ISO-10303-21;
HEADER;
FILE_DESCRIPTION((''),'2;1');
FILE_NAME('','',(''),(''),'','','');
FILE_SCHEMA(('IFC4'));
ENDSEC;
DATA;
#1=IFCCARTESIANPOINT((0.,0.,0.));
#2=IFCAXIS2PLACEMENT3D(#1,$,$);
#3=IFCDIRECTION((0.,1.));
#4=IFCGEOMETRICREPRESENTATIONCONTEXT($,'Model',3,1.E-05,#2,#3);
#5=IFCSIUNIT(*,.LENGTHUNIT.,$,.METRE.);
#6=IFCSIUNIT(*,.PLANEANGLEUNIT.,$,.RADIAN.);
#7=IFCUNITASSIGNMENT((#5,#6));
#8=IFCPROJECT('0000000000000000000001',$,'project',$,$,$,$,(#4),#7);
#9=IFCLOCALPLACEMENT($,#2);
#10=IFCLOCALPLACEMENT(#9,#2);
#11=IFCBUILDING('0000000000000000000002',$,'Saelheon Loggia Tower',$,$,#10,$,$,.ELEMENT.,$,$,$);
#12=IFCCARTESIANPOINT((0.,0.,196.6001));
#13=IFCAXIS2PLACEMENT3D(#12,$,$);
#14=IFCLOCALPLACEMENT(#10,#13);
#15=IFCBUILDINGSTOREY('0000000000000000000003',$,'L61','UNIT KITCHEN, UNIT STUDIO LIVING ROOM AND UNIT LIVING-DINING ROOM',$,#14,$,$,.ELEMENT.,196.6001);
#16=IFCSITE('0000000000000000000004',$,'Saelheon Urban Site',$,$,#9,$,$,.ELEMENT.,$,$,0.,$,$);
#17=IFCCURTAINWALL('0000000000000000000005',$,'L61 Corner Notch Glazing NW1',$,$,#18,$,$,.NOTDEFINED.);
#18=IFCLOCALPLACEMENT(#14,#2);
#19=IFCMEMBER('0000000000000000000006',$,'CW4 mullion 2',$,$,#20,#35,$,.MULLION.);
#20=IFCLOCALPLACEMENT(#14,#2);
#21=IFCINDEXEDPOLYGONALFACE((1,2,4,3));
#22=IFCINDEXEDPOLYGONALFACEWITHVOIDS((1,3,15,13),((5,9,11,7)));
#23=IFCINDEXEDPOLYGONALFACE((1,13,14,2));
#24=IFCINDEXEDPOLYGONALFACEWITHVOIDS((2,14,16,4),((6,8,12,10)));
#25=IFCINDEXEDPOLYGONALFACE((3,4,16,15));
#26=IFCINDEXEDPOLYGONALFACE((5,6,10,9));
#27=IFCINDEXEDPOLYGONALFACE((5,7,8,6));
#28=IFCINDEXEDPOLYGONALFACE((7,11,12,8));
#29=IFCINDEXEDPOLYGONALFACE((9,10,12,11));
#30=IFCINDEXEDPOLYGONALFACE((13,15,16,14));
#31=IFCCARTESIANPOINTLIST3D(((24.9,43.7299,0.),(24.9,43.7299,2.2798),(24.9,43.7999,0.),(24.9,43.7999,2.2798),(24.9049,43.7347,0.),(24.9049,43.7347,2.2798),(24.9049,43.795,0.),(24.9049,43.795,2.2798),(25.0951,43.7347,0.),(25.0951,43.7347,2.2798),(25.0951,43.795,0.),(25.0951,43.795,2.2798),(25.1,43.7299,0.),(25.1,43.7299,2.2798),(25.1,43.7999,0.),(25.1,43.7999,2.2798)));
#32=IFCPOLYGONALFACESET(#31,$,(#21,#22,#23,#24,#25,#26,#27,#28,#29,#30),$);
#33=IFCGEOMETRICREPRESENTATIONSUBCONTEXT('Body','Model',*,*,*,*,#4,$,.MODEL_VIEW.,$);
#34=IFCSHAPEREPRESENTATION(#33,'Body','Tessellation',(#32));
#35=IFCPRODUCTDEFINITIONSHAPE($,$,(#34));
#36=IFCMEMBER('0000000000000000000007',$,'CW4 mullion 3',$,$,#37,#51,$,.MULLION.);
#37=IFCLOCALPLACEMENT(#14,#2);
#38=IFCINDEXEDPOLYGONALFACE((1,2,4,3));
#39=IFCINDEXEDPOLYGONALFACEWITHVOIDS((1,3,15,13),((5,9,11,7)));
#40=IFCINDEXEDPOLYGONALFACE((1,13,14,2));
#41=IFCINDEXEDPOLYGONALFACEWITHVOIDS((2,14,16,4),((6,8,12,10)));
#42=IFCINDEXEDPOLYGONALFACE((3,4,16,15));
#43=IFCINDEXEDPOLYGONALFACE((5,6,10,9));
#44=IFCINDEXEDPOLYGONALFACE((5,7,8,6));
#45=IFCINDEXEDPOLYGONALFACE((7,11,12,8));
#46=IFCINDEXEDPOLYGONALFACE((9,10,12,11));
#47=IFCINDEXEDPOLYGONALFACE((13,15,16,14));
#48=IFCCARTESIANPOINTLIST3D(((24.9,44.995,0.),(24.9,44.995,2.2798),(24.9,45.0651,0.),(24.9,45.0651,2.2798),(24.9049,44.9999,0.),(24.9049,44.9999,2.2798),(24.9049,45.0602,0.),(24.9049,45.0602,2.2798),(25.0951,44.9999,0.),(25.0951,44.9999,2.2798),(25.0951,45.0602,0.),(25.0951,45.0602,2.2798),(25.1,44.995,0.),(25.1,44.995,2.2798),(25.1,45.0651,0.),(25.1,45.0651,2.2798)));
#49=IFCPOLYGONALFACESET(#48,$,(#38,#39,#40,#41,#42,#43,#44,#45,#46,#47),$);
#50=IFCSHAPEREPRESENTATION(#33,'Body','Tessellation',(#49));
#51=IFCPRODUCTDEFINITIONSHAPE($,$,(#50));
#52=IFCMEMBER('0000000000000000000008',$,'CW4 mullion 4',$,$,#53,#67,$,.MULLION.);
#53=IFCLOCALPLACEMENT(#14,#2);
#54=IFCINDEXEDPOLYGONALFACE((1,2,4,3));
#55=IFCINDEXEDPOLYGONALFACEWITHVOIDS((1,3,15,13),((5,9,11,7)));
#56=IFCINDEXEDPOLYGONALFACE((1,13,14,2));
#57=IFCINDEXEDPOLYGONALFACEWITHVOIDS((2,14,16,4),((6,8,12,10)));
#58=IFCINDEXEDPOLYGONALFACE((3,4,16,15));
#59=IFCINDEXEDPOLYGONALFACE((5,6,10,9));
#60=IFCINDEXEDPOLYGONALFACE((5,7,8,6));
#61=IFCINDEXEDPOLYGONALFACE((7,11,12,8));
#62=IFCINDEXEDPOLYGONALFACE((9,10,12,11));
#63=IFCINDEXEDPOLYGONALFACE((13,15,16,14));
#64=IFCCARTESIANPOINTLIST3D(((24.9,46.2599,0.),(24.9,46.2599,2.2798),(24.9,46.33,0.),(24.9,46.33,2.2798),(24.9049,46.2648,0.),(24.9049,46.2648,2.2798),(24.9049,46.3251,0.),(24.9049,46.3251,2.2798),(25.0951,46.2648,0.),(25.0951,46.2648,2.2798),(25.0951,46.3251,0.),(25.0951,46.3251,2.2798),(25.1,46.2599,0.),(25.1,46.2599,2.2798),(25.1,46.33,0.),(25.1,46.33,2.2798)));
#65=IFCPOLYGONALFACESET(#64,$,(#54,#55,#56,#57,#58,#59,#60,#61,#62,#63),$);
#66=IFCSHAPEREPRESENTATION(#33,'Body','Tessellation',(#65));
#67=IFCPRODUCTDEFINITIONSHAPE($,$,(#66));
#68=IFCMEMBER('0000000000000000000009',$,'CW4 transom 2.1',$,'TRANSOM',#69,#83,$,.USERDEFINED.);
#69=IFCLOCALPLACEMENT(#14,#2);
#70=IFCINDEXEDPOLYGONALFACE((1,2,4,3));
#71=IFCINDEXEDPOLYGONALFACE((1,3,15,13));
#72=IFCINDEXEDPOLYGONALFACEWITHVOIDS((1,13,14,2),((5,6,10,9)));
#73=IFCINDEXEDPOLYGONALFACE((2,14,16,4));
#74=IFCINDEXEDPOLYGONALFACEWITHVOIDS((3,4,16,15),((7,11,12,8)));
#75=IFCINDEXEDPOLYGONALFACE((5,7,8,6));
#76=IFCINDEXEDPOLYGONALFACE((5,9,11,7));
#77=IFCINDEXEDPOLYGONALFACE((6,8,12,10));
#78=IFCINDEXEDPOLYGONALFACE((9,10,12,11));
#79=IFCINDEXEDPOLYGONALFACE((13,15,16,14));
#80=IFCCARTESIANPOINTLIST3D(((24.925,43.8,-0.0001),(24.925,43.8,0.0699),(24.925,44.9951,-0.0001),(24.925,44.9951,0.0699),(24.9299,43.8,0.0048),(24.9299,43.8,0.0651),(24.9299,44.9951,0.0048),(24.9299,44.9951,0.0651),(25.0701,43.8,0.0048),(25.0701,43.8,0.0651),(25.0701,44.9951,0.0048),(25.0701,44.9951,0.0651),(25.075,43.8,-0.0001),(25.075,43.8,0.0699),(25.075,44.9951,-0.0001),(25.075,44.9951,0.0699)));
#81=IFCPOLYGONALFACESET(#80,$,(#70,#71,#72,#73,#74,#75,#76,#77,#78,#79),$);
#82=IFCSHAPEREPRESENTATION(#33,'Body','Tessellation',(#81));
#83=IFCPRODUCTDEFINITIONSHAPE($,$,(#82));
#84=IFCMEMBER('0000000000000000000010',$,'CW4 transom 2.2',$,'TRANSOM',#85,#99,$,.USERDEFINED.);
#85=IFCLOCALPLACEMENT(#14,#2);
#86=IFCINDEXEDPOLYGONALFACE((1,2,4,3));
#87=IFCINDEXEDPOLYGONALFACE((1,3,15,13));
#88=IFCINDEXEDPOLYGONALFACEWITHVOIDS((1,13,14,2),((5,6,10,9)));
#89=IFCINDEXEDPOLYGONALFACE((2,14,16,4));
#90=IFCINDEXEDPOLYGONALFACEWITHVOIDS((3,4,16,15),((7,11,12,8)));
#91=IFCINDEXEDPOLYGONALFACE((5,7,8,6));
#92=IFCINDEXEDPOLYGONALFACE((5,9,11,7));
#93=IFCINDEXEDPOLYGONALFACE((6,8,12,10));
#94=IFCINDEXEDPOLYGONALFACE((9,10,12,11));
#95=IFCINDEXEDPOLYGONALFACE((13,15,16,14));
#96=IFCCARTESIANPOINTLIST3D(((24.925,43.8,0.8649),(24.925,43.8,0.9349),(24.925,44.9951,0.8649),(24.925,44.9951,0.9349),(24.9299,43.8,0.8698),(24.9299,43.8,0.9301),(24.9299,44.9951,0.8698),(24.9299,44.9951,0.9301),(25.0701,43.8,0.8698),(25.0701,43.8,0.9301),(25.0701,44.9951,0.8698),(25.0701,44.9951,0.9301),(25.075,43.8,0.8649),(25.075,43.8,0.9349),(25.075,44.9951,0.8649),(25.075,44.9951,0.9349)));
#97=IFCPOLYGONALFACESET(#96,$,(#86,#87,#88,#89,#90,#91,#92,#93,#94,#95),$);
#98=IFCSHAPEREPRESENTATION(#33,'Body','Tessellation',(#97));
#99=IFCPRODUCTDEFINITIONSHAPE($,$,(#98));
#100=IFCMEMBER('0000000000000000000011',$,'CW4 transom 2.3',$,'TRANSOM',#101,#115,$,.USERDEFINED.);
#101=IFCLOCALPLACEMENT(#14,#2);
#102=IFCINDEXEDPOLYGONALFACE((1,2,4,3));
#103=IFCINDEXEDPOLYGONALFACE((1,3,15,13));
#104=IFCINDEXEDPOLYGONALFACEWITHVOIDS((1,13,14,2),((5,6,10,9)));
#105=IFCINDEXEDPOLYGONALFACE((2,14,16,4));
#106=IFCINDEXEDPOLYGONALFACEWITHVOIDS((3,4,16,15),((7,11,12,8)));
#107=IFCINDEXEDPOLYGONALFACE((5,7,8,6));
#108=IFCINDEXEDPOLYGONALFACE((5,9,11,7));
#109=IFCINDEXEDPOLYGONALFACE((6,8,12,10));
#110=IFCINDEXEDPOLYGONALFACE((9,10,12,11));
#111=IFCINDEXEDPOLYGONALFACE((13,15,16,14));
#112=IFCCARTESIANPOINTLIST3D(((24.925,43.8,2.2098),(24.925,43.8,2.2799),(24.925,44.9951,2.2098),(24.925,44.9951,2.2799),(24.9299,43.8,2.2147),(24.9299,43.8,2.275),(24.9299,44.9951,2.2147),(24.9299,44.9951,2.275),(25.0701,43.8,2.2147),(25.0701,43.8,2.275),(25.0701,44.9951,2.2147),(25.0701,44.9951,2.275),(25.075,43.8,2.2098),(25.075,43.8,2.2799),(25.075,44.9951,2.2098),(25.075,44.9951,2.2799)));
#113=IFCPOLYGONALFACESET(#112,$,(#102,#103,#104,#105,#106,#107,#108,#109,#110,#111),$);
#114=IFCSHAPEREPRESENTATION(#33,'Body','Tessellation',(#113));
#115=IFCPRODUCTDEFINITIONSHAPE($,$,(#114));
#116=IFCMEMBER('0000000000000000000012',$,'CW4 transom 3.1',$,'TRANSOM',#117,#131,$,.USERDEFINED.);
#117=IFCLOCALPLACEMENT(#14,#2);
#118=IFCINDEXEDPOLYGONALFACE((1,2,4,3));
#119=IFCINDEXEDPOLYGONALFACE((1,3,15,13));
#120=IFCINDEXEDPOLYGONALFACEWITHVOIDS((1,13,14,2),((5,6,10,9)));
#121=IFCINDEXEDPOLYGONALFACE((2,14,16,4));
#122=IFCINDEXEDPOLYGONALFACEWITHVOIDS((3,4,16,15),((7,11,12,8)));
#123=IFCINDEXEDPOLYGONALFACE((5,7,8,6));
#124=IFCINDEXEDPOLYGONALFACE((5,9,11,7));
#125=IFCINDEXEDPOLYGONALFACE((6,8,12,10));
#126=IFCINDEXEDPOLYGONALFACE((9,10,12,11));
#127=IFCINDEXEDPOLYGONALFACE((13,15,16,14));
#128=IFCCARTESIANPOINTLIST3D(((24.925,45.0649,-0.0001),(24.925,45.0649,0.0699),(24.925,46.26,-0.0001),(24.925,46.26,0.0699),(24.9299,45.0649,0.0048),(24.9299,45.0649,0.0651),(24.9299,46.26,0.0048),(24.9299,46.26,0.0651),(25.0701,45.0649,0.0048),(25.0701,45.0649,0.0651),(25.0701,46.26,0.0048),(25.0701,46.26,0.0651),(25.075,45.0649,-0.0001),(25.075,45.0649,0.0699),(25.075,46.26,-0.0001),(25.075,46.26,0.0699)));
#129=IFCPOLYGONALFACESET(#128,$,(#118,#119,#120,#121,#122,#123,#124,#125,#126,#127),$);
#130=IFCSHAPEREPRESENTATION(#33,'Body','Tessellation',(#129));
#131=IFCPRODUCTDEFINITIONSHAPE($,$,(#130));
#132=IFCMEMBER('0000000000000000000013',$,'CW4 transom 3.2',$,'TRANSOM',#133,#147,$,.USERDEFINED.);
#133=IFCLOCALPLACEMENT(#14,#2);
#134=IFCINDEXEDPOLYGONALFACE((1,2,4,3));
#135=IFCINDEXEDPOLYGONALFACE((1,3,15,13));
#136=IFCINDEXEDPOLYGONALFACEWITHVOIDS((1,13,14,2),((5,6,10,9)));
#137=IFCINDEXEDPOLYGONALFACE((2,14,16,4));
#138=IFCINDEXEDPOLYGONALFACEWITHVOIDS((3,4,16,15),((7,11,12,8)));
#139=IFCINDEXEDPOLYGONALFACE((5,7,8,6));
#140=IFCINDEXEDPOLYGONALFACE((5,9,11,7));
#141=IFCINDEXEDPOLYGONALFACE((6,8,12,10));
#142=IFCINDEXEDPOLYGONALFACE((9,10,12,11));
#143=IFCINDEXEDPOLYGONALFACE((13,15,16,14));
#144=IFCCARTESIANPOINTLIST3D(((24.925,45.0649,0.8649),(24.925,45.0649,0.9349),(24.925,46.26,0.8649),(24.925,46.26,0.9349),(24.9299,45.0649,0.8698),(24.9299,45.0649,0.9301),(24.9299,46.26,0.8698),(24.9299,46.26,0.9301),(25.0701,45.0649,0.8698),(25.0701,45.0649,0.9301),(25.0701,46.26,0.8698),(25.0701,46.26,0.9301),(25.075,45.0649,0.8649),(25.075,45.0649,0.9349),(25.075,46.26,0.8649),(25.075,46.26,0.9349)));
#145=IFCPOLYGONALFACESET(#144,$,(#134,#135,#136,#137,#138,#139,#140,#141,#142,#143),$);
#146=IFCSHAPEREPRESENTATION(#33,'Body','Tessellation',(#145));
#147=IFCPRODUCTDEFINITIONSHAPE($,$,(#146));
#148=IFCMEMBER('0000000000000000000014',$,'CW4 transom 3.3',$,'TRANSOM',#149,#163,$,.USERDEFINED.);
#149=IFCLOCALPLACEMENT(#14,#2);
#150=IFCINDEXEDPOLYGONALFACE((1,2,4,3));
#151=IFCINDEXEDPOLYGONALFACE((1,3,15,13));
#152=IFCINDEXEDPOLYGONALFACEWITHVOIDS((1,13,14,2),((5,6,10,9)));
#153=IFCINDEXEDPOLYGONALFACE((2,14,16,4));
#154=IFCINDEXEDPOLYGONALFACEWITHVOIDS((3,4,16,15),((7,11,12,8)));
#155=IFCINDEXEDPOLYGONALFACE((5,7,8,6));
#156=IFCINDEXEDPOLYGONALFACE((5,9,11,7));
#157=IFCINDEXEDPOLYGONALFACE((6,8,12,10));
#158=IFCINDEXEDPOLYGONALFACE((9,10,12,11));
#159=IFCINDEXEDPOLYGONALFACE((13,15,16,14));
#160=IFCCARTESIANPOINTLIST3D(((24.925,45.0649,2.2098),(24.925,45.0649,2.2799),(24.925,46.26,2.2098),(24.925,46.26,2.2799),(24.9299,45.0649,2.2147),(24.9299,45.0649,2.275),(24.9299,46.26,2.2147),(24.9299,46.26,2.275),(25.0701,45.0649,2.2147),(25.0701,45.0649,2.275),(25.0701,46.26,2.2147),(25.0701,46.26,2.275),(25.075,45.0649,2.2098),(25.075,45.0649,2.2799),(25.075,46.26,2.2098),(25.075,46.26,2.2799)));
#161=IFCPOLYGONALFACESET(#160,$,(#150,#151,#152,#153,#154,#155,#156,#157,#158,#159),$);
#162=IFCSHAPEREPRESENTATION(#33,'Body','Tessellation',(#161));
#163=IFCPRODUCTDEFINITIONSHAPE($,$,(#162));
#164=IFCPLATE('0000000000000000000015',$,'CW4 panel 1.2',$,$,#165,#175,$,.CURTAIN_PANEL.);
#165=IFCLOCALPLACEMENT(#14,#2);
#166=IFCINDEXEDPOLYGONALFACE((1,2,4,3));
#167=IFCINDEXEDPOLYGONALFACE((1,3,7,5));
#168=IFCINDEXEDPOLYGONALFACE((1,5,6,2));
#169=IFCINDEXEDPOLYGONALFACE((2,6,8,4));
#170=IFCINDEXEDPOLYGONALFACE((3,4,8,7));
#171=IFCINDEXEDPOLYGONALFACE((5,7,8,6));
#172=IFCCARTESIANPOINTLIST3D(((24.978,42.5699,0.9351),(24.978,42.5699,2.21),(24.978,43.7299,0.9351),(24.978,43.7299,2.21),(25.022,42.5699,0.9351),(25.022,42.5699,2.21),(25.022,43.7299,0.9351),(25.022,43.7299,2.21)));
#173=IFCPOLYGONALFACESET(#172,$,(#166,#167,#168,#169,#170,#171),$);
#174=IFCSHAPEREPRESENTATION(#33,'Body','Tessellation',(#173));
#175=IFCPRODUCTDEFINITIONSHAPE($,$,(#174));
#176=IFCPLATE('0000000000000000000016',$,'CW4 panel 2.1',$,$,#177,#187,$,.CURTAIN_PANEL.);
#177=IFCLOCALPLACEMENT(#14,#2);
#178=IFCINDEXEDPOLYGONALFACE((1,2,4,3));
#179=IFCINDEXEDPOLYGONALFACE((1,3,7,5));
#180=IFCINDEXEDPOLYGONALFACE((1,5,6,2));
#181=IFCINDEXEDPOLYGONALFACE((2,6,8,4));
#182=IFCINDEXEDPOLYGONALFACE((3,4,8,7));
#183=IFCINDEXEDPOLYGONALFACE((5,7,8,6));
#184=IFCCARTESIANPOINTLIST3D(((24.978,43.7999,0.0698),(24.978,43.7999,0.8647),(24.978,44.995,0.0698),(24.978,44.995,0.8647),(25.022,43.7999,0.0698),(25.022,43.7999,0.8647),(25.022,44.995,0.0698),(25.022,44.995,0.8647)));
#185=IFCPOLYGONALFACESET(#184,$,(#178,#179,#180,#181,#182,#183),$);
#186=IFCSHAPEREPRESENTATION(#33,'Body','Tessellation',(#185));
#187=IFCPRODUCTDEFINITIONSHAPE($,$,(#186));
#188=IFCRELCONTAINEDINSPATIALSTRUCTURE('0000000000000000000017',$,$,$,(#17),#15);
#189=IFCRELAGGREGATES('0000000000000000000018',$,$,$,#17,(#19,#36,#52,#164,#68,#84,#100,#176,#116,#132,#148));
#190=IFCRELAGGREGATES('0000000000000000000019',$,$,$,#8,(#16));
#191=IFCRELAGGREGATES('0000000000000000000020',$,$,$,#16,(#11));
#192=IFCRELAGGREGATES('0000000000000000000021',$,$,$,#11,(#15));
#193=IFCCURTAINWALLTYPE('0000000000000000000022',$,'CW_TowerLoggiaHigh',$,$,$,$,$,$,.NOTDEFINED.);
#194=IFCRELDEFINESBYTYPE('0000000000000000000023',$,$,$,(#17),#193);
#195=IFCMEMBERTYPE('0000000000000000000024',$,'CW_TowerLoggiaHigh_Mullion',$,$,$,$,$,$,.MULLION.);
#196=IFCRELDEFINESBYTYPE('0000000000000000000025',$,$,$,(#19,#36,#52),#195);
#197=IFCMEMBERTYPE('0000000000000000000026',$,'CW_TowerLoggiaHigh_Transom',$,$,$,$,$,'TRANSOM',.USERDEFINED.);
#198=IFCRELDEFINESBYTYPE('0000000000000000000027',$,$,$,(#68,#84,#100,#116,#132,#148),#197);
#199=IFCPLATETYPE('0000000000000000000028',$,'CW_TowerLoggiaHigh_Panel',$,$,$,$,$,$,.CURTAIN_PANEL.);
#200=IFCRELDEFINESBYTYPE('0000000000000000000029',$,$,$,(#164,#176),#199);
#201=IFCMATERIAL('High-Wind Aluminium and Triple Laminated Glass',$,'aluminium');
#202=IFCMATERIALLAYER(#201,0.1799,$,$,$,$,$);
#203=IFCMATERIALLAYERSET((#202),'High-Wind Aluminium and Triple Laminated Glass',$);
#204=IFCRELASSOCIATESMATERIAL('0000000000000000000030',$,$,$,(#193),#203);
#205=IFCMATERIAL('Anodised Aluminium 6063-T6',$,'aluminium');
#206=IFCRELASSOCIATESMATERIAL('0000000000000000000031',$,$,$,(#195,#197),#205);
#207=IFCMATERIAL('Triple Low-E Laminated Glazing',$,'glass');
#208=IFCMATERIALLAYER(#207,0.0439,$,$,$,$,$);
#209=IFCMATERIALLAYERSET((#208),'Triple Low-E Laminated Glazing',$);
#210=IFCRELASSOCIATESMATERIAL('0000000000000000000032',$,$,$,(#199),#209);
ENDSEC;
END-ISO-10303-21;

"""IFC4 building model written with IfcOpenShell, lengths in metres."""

from ifc_helpers import new_model, si_unit, direction, frame, origin, origin_2d, place, context, subcontext, project, spatial, rectangle, hollow_rectangle, extrude, source, transform, mapped, material, layer, layer_set, material_profile, profile_set, type_object, element, aggregate, save


model = new_model("IFC4")

# Units and contexts
model_context = context("Model", 3, precision=1e-05, world=origin(), true_north=direction((0.0, 1.0)))
body_context = subcontext(model_context, "Body", "Model", "MODEL_VIEW")
ifc_project = project(units=[si_unit("LENGTHUNIT", "METRE"), si_unit("PLANEANGLEUNIT", "RADIAN")], contexts=[model_context])

# Site, building, storey
site_placement = place(None, origin())
site = spatial("IfcSite", under=ifc_project, at=site_placement, Name="Saelheon Urban Site", CompositionType="ELEMENT", RefElevation=0.0)
building_placement = place(site_placement, origin())
building = spatial("IfcBuilding", under=site, at=building_placement, Name="Saelheon Loggia Tower", CompositionType="ELEMENT")
storey_placement = place(building_placement, frame((0.0, 0.0, 196.6001)))
storey = spatial("IfcBuildingStorey", under=building, at=storey_placement, Name="L61", Description="UNIT KITCHEN, UNIT STUDIO LIVING ROOM AND UNIT LIVING-DINING ROOM", CompositionType="ELEMENT", Elevation=196.6001)

# Curtain wall, members, plates
ifc_material_1 = material(Name="High-Wind Aluminium and Triple Laminated Glass", Category="aluminium")
ifc_layer_1 = layer(ifc_material_1, 0.1799)
ifc_layer_set_1 = layer_set([ifc_layer_1], Name="High-Wind Aluminium and Triple Laminated Glass")
curtain_wall_type = type_object("IfcCurtainWallType", Name="CW_TowerLoggiaHigh", PredefinedType="NOTDEFINED", material=ifc_layer_set_1)
curtain_wall_placement = place(storey_placement, origin())
curtain_wall = element("IfcCurtainWall", 1, at=curtain_wall_placement, inside=storey, type_object=curtain_wall_type, Name="L61 Corner Notch Glazing NW1", PredefinedType="NOTDEFINED")
ifc_material_2 = material(Name="Anodised Aluminium 6063-T6", Category="aluminium")
ifc_material_profile_1 = material_profile(ifc_material_2, hollow_rectangle(XDim=0.0701, YDim=0.2, WallThickness=0.0049, at=origin_2d()), Name="RHS-200x70x5")
ifc_profile_set_1 = profile_set([ifc_material_profile_1], Name="Anodised Aluminium 6063-T6")
member_type_1 = type_object("IfcMemberType", Name="CW_TowerLoggiaHigh_Mullion", PredefinedType="MULLION", material=ifc_profile_set_1)
shared_shape_1 = source(origin(), body_context, "Body", "SweptSolid", [
    extrude(hollow_rectangle(XDim=0.0701, YDim=0.2, WallThickness=0.0049, at=origin_2d()), origin(), (0.0, 0.0, 1.0), 2.2798),
])
member_1_placement = place(storey_placement, frame((25.0, 43.7649, 0.0), z_axis=(0.0, 0.0, 1.0), x_axis=(0.0, 1.0, 0.0)))
member_1 = element("IfcMember", 2, at=member_1_placement, type_object=member_type_1, Name="CW4 mullion 2", PredefinedType="MULLION", context=body_context, shape_type="MappedRepresentation", body=[
    mapped(shared_shape_1, transform((0.0, 0.0, 0.0), scale=1.0)),
])
member_2_placement = place(storey_placement, frame((25.0, 45.03, 0.0), z_axis=(0.0, 0.0, 1.0), x_axis=(0.0, 1.0, 0.0)))
member_2 = element("IfcMember", 3, at=member_2_placement, type_object=member_type_1, Name="CW4 mullion 3", PredefinedType="MULLION", context=body_context, shape_type="MappedRepresentation", body=[
    mapped(shared_shape_1, transform((0.0, 0.0, 0.0), scale=1.0)),
])
member_3_placement = place(storey_placement, frame((25.0, 46.2949, 0.0), z_axis=(0.0, 0.0, 1.0), x_axis=(0.0, 1.0, 0.0)))
member_3 = element("IfcMember", 4, at=member_3_placement, type_object=member_type_1, Name="CW4 mullion 4", PredefinedType="MULLION", context=body_context, shape_type="MappedRepresentation", body=[
    mapped(shared_shape_1, transform((0.0, 0.0, 0.0), scale=1.0)),
])
ifc_material_profile_2 = material_profile(ifc_material_2, hollow_rectangle(XDim=0.0701, YDim=0.1499, WallThickness=0.0049, at=origin_2d()), Name="RHS-150x70x5")
ifc_profile_set_2 = profile_set([ifc_material_profile_2], Name="Anodised Aluminium 6063-T6")
member_type_2 = type_object("IfcMemberType", Name="CW_TowerLoggiaHigh_Transom", ElementType="TRANSOM", PredefinedType="USERDEFINED", material=ifc_profile_set_2)
shared_shape_2 = source(origin(), body_context, "Body", "SweptSolid", [
    extrude(hollow_rectangle(XDim=0.0701, YDim=0.1499, WallThickness=0.0049, at=origin_2d()), origin(), (0.0, 0.0, 1.0), 1.1951),
])
member_4_placement = place(storey_placement, frame((25.0, 43.8, 0.0349), z_axis=(0.0, 1.0, 0.0), x_axis=(0.0, 0.0, 1.0)))
member_4 = element("IfcMember", 5, at=member_4_placement, type_object=member_type_2, Name="CW4 transom 2.1", ObjectType="TRANSOM", PredefinedType="USERDEFINED", context=body_context, shape_type="MappedRepresentation", body=[
    mapped(shared_shape_2, transform((0.0, 0.0, 0.0), scale=1.0)),
])
member_5_placement = place(storey_placement, frame((25.0, 43.8, 0.8999), z_axis=(0.0, 1.0, 0.0), x_axis=(0.0, 0.0, 1.0)))
member_5 = element("IfcMember", 6, at=member_5_placement, type_object=member_type_2, Name="CW4 transom 2.2", ObjectType="TRANSOM", PredefinedType="USERDEFINED", context=body_context, shape_type="MappedRepresentation", body=[
    mapped(shared_shape_2, transform((0.0, 0.0, 0.0), scale=1.0)),
])
member_6_placement = place(storey_placement, frame((25.0, 43.8, 2.2449), z_axis=(0.0, 1.0, 0.0), x_axis=(0.0, 0.0, 1.0)))
member_6 = element("IfcMember", 7, at=member_6_placement, type_object=member_type_2, Name="CW4 transom 2.3", ObjectType="TRANSOM", PredefinedType="USERDEFINED", context=body_context, shape_type="MappedRepresentation", body=[
    mapped(shared_shape_2, transform((0.0, 0.0, 0.0), scale=1.0)),
])
member_7_placement = place(storey_placement, frame((25.0, 45.0649, 0.0349), z_axis=(0.0, 1.0, 0.0), x_axis=(0.0, 0.0, 1.0)))
member_7 = element("IfcMember", 8, at=member_7_placement, type_object=member_type_2, Name="CW4 transom 3.1", ObjectType="TRANSOM", PredefinedType="USERDEFINED", context=body_context, shape_type="MappedRepresentation", body=[
    mapped(shared_shape_2, transform((0.0, 0.0, 0.0), scale=1.0)),
])
member_8_placement = place(storey_placement, frame((25.0, 45.0649, 0.8999), z_axis=(0.0, 1.0, 0.0), x_axis=(0.0, 0.0, 1.0)))
member_8 = element("IfcMember", 9, at=member_8_placement, type_object=member_type_2, Name="CW4 transom 3.2", ObjectType="TRANSOM", PredefinedType="USERDEFINED", context=body_context, shape_type="MappedRepresentation", body=[
    mapped(shared_shape_2, transform((0.0, 0.0, 0.0), scale=1.0)),
])
member_9_placement = place(storey_placement, frame((25.0, 45.0649, 2.2449), z_axis=(0.0, 1.0, 0.0), x_axis=(0.0, 0.0, 1.0)))
member_9 = element("IfcMember", 10, at=member_9_placement, type_object=member_type_2, Name="CW4 transom 3.3", ObjectType="TRANSOM", PredefinedType="USERDEFINED", context=body_context, shape_type="MappedRepresentation", body=[
    mapped(shared_shape_2, transform((0.0, 0.0, 0.0), scale=1.0)),
])
ifc_material_3 = material(Name="Triple Low-E Laminated Glazing", Category="glass")
ifc_layer_2 = layer(ifc_material_3, 0.0439)
ifc_layer_set_2 = layer_set([ifc_layer_2], Name="Triple Low-E Laminated Glazing")
plate_type = type_object("IfcPlateType", Name="CW_TowerLoggiaHigh_Panel", PredefinedType="CURTAIN_PANEL", material=ifc_layer_set_2)
shared_shape_3 = source(origin(), body_context, "Body", "SweptSolid", [
    extrude(rectangle(XDim=1.1599, YDim=0.0439, at=origin_2d()), origin(), (0.0, 0.0, 1.0), 1.2749),
])
plate_1_placement = place(storey_placement, frame((25.0, 43.1499, 0.9351), z_axis=(0.0, 0.0, 1.0), x_axis=(0.0, 1.0, 0.0)))
plate_1 = element("IfcPlate", 11, at=plate_1_placement, type_object=plate_type, Name="CW4 panel 1.2", PredefinedType="CURTAIN_PANEL", context=body_context, shape_type="MappedRepresentation", body=[
    mapped(shared_shape_3, transform((0.0, 0.0, 0.0), scale=1.0)),
])
shared_shape_4 = source(origin(), body_context, "Body", "SweptSolid", [
    extrude(rectangle(XDim=1.1951, YDim=0.0439, at=origin_2d()), origin(), (0.0, 0.0, 1.0), 0.7949),
])
plate_2_placement = place(storey_placement, frame((25.0, 44.3975, 0.0698), z_axis=(0.0, 0.0, 1.0), x_axis=(0.0, 1.0, 0.0)))
plate_2 = element("IfcPlate", 12, at=plate_2_placement, type_object=plate_type, Name="CW4 panel 2.1", PredefinedType="CURTAIN_PANEL", context=body_context, shape_type="MappedRepresentation", body=[
    mapped(shared_shape_4, transform((0.0, 0.0, 0.0), scale=1.0)),
])
aggregate(curtain_wall, [member_1, member_2, member_3, plate_1, member_4, member_5, member_6, plate_2, member_7, member_8, member_9])

save(model, "model.ifc")
